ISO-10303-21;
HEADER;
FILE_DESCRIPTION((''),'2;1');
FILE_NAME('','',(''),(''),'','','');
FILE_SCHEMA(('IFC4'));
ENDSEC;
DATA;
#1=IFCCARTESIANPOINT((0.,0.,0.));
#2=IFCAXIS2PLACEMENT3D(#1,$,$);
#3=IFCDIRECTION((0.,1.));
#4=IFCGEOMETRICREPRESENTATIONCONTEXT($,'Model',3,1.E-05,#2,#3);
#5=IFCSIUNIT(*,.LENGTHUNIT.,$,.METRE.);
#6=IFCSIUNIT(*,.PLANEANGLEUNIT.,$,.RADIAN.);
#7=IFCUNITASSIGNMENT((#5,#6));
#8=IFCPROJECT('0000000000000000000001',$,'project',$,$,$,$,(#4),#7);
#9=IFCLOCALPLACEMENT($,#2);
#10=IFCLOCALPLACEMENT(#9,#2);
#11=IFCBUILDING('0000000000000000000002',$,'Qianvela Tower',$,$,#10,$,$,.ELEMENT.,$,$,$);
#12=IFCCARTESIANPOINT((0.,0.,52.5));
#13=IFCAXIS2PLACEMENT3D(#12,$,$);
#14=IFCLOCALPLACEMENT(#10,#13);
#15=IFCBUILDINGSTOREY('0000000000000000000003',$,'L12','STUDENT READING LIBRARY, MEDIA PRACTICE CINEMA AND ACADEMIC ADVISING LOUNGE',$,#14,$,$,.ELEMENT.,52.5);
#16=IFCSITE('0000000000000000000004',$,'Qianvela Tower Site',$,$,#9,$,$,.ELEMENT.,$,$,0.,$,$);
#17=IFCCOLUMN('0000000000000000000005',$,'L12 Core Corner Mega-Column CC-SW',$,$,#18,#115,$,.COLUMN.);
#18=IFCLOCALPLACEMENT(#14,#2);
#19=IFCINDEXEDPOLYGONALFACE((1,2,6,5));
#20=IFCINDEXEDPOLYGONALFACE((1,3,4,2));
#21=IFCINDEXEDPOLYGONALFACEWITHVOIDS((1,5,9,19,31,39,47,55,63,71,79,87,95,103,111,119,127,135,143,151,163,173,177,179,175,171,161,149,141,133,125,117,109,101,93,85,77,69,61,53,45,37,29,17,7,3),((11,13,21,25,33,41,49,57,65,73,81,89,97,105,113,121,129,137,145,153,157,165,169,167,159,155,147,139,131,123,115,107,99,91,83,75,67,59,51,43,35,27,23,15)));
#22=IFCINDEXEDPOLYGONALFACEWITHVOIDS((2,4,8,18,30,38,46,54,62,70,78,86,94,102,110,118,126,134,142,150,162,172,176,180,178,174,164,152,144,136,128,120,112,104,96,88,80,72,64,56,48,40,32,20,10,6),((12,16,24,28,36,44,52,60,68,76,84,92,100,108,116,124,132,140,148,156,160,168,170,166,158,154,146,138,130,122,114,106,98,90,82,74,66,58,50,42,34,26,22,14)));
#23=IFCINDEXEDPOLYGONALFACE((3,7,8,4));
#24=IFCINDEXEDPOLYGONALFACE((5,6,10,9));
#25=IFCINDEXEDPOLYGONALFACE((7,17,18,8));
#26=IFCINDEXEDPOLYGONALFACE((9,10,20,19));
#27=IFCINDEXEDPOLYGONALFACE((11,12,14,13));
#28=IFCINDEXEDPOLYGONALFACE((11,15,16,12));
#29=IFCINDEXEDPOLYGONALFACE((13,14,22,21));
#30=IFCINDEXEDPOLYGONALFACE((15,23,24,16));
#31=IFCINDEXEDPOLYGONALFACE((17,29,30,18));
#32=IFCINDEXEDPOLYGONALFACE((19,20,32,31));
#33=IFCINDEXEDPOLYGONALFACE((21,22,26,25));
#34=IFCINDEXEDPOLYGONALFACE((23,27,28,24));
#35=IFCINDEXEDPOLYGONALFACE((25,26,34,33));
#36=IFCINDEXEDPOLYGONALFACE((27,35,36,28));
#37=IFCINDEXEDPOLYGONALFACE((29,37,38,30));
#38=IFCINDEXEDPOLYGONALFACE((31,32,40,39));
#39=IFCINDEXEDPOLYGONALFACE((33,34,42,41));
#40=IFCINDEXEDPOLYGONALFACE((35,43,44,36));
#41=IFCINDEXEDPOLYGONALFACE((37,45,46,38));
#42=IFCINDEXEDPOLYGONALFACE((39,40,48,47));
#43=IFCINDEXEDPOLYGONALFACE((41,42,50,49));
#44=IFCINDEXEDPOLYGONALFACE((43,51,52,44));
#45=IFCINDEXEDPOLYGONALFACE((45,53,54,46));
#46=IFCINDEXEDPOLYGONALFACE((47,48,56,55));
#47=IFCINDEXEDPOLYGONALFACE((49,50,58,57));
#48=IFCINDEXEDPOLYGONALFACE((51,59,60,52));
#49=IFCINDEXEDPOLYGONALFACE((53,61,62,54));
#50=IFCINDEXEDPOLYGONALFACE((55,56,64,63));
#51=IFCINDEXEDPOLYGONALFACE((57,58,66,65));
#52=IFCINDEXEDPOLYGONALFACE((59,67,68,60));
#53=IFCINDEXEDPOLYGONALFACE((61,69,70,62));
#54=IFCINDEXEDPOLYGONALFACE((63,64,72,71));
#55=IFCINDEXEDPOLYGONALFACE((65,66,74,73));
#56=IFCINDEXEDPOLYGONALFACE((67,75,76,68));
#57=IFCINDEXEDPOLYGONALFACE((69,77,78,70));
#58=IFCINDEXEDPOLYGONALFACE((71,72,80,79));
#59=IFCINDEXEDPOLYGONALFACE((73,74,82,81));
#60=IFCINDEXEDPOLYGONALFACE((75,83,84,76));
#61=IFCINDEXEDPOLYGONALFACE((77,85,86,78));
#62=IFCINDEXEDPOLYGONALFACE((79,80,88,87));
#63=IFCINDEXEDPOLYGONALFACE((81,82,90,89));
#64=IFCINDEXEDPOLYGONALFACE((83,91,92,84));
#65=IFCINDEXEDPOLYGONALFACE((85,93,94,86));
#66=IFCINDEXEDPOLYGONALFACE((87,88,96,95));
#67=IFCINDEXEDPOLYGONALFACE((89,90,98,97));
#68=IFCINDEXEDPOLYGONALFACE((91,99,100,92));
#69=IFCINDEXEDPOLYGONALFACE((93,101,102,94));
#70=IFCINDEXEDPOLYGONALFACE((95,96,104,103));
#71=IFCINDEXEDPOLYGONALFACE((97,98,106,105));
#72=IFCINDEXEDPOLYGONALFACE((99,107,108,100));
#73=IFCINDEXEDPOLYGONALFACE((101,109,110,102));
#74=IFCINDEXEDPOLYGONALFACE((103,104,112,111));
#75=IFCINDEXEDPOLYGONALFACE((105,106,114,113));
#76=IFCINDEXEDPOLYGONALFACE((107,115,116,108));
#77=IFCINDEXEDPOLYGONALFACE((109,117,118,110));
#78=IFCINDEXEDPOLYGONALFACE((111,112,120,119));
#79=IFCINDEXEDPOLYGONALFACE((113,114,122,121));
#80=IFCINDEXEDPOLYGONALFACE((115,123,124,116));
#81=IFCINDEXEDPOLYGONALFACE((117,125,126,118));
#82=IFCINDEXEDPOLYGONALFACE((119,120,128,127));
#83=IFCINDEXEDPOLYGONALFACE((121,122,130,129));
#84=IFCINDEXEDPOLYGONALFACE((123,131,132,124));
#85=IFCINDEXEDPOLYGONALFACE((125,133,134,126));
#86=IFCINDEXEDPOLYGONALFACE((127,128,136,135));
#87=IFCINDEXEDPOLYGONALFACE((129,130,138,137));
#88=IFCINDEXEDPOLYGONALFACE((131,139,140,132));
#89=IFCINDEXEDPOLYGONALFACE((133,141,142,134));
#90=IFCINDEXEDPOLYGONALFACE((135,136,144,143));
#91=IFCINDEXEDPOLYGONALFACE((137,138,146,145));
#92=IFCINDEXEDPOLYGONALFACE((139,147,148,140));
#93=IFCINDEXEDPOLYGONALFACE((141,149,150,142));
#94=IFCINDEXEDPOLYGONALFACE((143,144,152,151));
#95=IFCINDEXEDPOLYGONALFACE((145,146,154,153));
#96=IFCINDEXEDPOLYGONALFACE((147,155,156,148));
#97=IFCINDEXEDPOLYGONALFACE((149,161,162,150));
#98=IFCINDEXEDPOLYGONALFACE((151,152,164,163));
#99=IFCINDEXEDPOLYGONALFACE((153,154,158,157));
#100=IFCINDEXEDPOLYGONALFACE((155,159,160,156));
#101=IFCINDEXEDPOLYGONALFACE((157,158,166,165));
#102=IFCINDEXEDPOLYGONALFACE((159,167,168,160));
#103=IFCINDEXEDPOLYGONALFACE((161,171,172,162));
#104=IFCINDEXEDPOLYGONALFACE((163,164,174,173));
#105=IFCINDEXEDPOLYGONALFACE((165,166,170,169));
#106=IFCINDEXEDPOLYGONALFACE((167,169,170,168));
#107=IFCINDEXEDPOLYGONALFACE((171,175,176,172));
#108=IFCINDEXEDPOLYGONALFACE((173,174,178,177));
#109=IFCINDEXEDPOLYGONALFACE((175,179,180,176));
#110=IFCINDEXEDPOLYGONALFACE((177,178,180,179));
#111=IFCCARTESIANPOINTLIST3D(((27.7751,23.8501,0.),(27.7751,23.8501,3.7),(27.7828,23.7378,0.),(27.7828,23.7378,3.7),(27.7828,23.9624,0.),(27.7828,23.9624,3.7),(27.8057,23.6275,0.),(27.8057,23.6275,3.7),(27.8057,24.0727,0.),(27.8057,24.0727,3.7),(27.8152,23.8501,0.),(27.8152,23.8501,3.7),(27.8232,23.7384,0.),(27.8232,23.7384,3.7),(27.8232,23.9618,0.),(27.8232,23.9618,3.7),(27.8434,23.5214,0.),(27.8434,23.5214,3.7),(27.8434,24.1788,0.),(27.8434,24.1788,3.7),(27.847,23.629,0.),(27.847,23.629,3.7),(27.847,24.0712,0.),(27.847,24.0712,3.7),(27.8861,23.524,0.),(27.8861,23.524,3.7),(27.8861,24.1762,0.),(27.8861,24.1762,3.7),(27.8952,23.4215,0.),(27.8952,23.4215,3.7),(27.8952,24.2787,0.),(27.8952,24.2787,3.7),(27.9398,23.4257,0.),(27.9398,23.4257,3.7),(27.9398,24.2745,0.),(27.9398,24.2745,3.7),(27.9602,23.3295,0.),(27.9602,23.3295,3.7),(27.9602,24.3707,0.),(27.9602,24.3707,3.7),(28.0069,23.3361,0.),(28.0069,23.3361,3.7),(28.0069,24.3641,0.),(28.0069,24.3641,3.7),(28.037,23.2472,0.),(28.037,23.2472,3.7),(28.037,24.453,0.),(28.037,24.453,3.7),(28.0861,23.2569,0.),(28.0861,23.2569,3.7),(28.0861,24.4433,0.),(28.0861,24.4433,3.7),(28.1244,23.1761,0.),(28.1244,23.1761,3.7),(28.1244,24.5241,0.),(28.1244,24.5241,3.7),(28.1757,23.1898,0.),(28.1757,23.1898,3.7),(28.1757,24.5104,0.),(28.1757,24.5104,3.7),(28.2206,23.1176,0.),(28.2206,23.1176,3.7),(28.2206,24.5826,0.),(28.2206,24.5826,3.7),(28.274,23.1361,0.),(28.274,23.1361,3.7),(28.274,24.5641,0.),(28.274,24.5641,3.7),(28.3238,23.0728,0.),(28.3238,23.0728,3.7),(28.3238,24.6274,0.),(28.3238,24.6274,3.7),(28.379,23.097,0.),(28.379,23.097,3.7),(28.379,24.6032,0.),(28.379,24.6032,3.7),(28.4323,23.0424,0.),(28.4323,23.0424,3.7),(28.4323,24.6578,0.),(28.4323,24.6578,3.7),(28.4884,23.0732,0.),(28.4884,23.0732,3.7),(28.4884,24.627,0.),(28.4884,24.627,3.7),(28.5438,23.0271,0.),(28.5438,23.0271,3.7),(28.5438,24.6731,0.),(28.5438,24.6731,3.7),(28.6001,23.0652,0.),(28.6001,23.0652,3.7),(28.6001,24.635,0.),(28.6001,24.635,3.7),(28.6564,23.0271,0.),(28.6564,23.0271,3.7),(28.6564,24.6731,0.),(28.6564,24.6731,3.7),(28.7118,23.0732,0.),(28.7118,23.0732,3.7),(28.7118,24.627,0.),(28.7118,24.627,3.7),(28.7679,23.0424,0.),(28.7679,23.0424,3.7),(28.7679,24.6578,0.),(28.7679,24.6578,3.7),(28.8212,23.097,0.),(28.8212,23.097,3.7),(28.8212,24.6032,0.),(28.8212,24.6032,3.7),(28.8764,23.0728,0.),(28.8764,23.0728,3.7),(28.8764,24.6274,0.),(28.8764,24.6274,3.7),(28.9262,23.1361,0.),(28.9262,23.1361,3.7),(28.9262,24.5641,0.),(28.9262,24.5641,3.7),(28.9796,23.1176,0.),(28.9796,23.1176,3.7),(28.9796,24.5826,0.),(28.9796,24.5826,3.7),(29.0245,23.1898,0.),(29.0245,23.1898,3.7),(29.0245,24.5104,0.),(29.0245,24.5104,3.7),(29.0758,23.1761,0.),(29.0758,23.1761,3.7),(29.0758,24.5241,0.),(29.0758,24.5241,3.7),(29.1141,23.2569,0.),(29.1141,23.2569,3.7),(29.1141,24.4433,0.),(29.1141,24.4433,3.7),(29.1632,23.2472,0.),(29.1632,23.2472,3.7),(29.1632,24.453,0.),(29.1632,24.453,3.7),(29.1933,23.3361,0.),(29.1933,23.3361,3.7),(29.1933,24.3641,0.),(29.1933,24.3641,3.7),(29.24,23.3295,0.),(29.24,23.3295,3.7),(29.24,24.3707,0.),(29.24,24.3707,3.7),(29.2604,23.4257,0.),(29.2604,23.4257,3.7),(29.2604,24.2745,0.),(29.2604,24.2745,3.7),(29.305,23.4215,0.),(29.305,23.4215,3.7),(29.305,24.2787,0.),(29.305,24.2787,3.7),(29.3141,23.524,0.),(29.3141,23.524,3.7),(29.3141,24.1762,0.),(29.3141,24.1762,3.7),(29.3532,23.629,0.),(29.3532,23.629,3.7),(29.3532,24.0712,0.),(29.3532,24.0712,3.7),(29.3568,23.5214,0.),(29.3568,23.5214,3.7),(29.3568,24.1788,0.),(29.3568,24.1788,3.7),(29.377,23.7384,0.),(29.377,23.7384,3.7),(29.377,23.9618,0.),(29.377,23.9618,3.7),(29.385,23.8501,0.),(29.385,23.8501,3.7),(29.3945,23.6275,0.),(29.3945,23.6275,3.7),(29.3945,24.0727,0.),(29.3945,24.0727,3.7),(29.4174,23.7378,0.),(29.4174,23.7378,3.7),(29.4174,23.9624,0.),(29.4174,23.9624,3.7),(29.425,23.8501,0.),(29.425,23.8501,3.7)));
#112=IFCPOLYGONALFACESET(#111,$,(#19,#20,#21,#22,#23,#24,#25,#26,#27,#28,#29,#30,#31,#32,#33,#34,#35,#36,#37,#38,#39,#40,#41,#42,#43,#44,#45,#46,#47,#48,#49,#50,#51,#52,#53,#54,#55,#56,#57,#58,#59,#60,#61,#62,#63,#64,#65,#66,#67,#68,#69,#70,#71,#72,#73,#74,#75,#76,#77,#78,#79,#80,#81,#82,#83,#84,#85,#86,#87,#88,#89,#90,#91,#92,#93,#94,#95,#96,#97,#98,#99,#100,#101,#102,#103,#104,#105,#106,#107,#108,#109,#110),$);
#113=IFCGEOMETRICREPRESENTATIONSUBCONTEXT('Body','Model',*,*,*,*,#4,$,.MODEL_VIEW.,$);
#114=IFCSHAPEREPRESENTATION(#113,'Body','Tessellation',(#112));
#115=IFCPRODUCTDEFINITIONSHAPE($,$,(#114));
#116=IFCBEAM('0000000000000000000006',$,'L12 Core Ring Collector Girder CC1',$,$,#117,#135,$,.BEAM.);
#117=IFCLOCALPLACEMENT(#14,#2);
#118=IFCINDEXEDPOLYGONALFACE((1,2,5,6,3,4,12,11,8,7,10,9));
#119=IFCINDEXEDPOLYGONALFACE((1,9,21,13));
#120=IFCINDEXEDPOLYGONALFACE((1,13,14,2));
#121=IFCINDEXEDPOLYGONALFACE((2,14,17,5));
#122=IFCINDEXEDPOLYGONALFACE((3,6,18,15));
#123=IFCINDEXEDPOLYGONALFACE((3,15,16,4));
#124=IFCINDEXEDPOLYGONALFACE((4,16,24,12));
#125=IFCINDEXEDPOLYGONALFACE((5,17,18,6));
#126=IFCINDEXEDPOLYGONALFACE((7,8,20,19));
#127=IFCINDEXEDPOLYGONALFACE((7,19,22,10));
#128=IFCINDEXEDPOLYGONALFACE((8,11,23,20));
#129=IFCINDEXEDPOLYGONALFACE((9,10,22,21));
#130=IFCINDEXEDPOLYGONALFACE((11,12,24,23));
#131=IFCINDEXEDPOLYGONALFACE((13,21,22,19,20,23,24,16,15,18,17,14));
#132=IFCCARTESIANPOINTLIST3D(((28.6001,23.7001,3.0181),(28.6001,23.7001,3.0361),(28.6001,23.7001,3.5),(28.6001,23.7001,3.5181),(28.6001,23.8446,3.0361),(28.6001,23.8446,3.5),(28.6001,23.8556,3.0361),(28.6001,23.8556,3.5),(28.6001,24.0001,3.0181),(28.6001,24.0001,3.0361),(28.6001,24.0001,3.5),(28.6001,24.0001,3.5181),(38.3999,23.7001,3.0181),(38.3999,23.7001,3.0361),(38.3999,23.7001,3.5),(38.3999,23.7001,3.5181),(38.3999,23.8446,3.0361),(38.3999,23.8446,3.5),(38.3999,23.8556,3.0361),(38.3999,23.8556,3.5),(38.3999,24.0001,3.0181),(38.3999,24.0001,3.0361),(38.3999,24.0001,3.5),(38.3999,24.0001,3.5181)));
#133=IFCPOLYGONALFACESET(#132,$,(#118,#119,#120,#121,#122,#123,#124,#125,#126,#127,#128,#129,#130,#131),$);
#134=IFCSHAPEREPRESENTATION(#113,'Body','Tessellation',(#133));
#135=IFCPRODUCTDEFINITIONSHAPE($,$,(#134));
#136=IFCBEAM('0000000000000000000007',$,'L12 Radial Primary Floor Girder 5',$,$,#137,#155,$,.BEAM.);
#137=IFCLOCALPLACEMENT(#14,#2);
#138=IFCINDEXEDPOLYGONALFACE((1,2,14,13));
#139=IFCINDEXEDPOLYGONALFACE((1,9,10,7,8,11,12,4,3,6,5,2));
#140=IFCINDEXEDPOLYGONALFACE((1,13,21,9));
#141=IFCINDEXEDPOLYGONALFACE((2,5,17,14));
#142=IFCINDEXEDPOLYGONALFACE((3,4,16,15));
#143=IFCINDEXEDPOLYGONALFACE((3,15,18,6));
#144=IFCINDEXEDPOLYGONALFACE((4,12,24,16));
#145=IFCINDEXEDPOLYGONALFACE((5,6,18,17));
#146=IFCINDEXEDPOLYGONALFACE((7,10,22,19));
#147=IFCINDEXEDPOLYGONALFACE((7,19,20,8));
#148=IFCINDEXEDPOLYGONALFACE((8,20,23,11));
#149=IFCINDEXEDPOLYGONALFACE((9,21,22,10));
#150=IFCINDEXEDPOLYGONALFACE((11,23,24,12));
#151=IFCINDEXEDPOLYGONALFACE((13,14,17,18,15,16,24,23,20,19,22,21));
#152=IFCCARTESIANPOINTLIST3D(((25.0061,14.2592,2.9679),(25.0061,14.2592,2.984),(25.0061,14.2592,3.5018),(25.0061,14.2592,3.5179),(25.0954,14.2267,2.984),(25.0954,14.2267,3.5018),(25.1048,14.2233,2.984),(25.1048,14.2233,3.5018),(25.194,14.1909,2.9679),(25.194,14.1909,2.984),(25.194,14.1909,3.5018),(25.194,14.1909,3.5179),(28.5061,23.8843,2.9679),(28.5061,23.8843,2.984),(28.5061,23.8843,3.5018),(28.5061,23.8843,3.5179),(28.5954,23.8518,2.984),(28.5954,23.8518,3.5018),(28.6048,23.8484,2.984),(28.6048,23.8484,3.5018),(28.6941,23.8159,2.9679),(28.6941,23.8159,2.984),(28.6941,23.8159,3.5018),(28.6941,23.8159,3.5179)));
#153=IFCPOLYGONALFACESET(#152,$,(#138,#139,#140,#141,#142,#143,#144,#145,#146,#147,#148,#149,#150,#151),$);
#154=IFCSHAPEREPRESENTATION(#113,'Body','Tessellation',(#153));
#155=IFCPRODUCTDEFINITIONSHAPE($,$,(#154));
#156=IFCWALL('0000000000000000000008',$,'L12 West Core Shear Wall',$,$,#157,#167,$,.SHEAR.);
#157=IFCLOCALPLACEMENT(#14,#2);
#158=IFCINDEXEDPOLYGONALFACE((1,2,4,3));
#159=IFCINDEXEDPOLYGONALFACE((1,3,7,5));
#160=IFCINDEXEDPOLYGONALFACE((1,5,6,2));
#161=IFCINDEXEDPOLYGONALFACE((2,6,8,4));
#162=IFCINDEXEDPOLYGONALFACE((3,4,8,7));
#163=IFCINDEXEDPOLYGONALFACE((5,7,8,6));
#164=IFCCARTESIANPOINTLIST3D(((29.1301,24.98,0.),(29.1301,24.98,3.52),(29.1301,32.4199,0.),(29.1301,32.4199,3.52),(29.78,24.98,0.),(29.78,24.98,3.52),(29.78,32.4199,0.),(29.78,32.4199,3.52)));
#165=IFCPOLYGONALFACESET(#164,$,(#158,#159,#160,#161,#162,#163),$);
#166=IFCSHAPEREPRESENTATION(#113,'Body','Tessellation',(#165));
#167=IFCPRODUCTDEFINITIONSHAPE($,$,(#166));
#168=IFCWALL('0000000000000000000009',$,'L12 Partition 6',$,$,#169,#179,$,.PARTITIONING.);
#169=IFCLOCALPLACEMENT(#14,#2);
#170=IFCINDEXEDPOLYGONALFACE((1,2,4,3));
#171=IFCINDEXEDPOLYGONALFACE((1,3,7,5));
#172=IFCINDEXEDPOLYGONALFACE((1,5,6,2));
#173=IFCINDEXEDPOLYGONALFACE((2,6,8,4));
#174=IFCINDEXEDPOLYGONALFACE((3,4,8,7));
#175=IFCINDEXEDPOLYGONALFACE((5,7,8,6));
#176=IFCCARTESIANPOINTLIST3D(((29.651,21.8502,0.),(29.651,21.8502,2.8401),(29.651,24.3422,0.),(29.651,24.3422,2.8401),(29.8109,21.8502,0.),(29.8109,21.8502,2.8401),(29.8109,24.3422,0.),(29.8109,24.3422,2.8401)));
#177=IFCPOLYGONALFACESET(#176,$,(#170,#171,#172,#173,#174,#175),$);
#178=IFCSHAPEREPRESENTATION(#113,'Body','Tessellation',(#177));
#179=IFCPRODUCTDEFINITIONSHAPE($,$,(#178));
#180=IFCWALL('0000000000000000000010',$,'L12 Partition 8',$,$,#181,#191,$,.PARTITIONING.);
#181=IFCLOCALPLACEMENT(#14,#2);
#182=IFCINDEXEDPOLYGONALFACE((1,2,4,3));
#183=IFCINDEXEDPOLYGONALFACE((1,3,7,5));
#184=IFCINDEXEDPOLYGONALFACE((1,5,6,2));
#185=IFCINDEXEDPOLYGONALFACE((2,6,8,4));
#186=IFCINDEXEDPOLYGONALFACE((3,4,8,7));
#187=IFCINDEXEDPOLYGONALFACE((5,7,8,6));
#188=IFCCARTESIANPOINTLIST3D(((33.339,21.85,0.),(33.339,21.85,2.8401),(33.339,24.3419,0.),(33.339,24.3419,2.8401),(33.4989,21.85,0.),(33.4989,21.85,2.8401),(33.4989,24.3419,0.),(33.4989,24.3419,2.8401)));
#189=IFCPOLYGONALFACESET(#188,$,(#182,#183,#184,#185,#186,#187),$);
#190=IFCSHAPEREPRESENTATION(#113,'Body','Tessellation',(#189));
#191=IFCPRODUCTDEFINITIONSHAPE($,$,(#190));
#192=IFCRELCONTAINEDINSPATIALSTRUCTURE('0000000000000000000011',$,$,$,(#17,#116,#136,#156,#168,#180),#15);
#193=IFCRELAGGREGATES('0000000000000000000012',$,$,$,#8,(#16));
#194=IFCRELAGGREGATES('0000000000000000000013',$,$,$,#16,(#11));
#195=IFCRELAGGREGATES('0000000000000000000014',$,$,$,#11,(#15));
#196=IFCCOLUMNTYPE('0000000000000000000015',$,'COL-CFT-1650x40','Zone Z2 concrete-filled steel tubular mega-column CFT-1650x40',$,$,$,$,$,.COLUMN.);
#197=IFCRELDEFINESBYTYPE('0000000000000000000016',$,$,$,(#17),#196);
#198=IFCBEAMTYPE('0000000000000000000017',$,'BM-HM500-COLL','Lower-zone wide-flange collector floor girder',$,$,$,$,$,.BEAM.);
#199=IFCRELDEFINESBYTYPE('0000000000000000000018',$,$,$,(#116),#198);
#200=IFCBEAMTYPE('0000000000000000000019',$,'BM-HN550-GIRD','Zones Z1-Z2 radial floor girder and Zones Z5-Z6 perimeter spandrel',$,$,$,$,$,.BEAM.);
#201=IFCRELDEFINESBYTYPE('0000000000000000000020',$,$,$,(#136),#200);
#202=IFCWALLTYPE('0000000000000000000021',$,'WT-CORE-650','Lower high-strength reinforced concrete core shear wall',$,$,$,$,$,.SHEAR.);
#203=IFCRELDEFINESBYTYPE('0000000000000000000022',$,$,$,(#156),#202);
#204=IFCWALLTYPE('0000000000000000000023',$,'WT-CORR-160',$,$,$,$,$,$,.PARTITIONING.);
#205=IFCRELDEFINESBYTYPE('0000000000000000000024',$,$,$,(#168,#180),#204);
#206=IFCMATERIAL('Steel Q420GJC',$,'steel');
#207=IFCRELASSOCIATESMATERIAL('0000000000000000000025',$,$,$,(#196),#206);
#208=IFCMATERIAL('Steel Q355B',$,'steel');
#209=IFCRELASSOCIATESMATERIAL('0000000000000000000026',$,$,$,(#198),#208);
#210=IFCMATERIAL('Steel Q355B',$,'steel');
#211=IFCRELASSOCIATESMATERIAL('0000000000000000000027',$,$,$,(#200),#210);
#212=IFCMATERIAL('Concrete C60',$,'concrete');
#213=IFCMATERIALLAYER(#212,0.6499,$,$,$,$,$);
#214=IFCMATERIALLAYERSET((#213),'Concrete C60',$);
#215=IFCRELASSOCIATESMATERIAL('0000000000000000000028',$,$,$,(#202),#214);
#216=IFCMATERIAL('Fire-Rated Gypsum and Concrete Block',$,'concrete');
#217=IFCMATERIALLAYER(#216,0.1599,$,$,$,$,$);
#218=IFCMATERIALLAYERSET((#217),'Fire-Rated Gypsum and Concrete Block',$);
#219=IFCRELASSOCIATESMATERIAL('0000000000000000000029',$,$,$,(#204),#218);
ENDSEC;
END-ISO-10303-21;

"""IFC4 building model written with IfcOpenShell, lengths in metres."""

from ifc_helpers import new_model, si_unit, direction, frame, frame_2d, origin, origin_2d, place, context, subcontext, project, spatial, rectangle, hollow_circle, i_section, extrude, material, layer, layer_set, material_profile, profile_set, type_object, element, save


model = new_model("IFC4")

# Units and contexts
model_context = context("Model", 3, precision=1e-05, world=origin(), true_north=direction((0.0, 1.0)))
body_context = subcontext(model_context, "Body", "Model", "MODEL_VIEW")
ifc_project = project(units=[si_unit("LENGTHUNIT", "METRE"), si_unit("PLANEANGLEUNIT", "RADIAN")], contexts=[model_context])

# Site, building, storey
site_placement = place(None, origin())
site = spatial("IfcSite", under=ifc_project, at=site_placement, Name="Qianvela Tower Site", CompositionType="ELEMENT", RefElevation=0.0)
building_placement = place(site_placement, origin())
building = spatial("IfcBuilding", under=site, at=building_placement, Name="Qianvela Tower", CompositionType="ELEMENT")
storey_placement = place(building_placement, frame((0.0, 0.0, 52.5)))
storey = spatial("IfcBuildingStorey", under=building, at=storey_placement, Name="L12", Description="STUDENT READING LIBRARY, MEDIA PRACTICE CINEMA AND ACADEMIC ADVISING LOUNGE", CompositionType="ELEMENT", Elevation=52.5)

# Column
ifc_material_1 = material(Name="Steel Q420GJC", Category="steel")
ifc_material_profile_1 = material_profile(ifc_material_1, hollow_circle(Radius=0.825, WallThickness=0.04, at=origin_2d()), Name="CFT-1650x40")
ifc_profile_set_1 = profile_set([ifc_material_profile_1], Name="Steel Q420GJC")
column_type = type_object("IfcColumnType", Name="COL-CFT-1650x40", Description="Zone Z2 concrete-filled steel tubular mega-column CFT-1650x40", PredefinedType="COLUMN", material=ifc_profile_set_1)
column_placement = place(storey_placement, frame((28.6001, 23.8501, 0.0), z_axis=(0.0, 0.0, 1.0), x_axis=(1.0, 0.0, 0.0)))
element("IfcColumn", 1, at=column_placement, inside=storey, type_object=column_type, Name="L12 Core Corner Mega-Column CC-SW", PredefinedType="COLUMN", context=body_context, shape_type="SweptSolid", body=[
    extrude(hollow_circle(Radius=0.825, WallThickness=0.04, at=origin_2d()), origin(), (0.0, 0.0, 1.0), 3.7),
])

# Beams
ifc_material_2 = material(Name="Steel Q355B", Category="steel")
ifc_material_profile_2 = material_profile(ifc_material_2, i_section(OverallWidth=0.3, OverallDepth=0.5, WebThickness=0.011, FlangeThickness=0.0181, at=origin_2d()), Name="HM500x300x11x18")
ifc_profile_set_2 = profile_set([ifc_material_profile_2], Name="Steel Q355B")
beam_type_1 = type_object("IfcBeamType", Name="BM-HM500-COLL", Description="Lower-zone wide-flange collector floor girder", PredefinedType="BEAM", material=ifc_profile_set_2)
beam_1_placement = place(storey_placement, frame((28.6001, 23.8501, 3.2681), z_axis=(1.0, 0.0, 0.0), x_axis=(0.0, 1.0, 0.0)))
element("IfcBeam", 2, at=beam_1_placement, inside=storey, type_object=beam_type_1, Name="L12 Core Ring Collector Girder CC1", PredefinedType="BEAM", context=body_context, shape_type="SweptSolid", body=[
    extrude(i_section(OverallWidth=0.3, OverallDepth=0.5, WebThickness=0.011, FlangeThickness=0.0181, at=origin_2d()), origin(), (0.0, 0.0, 1.0), 9.7998),
])
ifc_material_3 = material(Name="Steel Q355B", Category="steel")
ifc_material_profile_3 = material_profile(ifc_material_3, i_section(OverallWidth=0.2, OverallDepth=0.55, WebThickness=0.01, FlangeThickness=0.0161, at=origin_2d()), Name="HN550x200x10x16")
ifc_profile_set_3 = profile_set([ifc_material_profile_3], Name="Steel Q355B")
beam_type_2 = type_object("IfcBeamType", Name="BM-HN550-GIRD", Description="Zones Z1-Z2 radial floor girder and Zones Z5-Z6 perimeter spandrel", PredefinedType="BEAM", material=ifc_profile_set_3)
beam_2_placement = place(storey_placement, frame((28.6001, 23.8501, 3.2429), z_axis=(-0.341743, -0.939793, 0.0), x_axis=(0.939793, -0.341743, 0.0)))
element("IfcBeam", 3, at=beam_2_placement, inside=storey, type_object=beam_type_2, Name="L12 Radial Primary Floor Girder 5", PredefinedType="BEAM", context=body_context, shape_type="SweptSolid", body=[
    extrude(i_section(OverallWidth=0.2, OverallDepth=0.55, WebThickness=0.01, FlangeThickness=0.0161, at=origin_2d()), origin(), (0.0, 0.0, 1.0), 10.2417),
])

# Shared definitions
ifc_material_4 = material(Name="Concrete C60", Category="concrete")
ifc_layer_1 = layer(ifc_material_4, 0.6499)
ifc_layer_set_1 = layer_set([ifc_layer_1], Name="Concrete C60")
wall_type_1 = type_object("IfcWallType", Name="WT-CORE-650", Description="Lower high-strength reinforced concrete core shear wall", PredefinedType="SHEAR", material=ifc_layer_set_1)

# Wall
wall_1_placement = place(storey_placement, frame((29.4551, 24.98, 0.0), z_axis=(0.0, 0.0, 1.0), x_axis=(0.0, 1.0, 0.0)))
element("IfcWall", 4, at=wall_1_placement, inside=storey, type_object=wall_type_1, Name="L12 West Core Shear Wall", PredefinedType="SHEAR", context=body_context, shape_type="SweptSolid", body=[
    extrude(rectangle(XDim=7.4399, YDim=0.6499, at=frame_2d((3.72, 0.0))), origin(), (0.0, 0.0, 1.0), 3.52),
])

# Shared definitions
ifc_material_5 = material(Name="Fire-Rated Gypsum and Concrete Block", Category="concrete")
ifc_layer_2 = layer(ifc_material_5, 0.1599)
ifc_layer_set_2 = layer_set([ifc_layer_2], Name="Fire-Rated Gypsum and Concrete Block")
wall_type_2 = type_object("IfcWallType", Name="WT-CORR-160", PredefinedType="PARTITIONING", material=ifc_layer_set_2)

# Walls
for number, where, z_axis, x_axis, name in (
    (5, (29.731, 21.8501, 0.0), (0.0, 0.0, 1.0), (0.0, 1.0, 0.0), "L12 Partition 6"),
    (6, (33.4189, 24.342, 0.0), (0.0, 0.0, 1.0), (0.0, -1.0, 0.0), "L12 Partition 8"),
):
    element("IfcWall", number, at=place(storey_placement, frame(where, z_axis=z_axis, x_axis=x_axis)), inside=storey, type_object=wall_type_2, Name=name, PredefinedType="PARTITIONING", context=body_context, shape_type="SweptSolid", body=[
        extrude(rectangle(XDim=2.4919, YDim=0.1599, at=frame_2d((1.2461, 0.0))), origin(), (0.0, 0.0, 1.0), 2.8401),
    ])

save(model, "model.ifc")
